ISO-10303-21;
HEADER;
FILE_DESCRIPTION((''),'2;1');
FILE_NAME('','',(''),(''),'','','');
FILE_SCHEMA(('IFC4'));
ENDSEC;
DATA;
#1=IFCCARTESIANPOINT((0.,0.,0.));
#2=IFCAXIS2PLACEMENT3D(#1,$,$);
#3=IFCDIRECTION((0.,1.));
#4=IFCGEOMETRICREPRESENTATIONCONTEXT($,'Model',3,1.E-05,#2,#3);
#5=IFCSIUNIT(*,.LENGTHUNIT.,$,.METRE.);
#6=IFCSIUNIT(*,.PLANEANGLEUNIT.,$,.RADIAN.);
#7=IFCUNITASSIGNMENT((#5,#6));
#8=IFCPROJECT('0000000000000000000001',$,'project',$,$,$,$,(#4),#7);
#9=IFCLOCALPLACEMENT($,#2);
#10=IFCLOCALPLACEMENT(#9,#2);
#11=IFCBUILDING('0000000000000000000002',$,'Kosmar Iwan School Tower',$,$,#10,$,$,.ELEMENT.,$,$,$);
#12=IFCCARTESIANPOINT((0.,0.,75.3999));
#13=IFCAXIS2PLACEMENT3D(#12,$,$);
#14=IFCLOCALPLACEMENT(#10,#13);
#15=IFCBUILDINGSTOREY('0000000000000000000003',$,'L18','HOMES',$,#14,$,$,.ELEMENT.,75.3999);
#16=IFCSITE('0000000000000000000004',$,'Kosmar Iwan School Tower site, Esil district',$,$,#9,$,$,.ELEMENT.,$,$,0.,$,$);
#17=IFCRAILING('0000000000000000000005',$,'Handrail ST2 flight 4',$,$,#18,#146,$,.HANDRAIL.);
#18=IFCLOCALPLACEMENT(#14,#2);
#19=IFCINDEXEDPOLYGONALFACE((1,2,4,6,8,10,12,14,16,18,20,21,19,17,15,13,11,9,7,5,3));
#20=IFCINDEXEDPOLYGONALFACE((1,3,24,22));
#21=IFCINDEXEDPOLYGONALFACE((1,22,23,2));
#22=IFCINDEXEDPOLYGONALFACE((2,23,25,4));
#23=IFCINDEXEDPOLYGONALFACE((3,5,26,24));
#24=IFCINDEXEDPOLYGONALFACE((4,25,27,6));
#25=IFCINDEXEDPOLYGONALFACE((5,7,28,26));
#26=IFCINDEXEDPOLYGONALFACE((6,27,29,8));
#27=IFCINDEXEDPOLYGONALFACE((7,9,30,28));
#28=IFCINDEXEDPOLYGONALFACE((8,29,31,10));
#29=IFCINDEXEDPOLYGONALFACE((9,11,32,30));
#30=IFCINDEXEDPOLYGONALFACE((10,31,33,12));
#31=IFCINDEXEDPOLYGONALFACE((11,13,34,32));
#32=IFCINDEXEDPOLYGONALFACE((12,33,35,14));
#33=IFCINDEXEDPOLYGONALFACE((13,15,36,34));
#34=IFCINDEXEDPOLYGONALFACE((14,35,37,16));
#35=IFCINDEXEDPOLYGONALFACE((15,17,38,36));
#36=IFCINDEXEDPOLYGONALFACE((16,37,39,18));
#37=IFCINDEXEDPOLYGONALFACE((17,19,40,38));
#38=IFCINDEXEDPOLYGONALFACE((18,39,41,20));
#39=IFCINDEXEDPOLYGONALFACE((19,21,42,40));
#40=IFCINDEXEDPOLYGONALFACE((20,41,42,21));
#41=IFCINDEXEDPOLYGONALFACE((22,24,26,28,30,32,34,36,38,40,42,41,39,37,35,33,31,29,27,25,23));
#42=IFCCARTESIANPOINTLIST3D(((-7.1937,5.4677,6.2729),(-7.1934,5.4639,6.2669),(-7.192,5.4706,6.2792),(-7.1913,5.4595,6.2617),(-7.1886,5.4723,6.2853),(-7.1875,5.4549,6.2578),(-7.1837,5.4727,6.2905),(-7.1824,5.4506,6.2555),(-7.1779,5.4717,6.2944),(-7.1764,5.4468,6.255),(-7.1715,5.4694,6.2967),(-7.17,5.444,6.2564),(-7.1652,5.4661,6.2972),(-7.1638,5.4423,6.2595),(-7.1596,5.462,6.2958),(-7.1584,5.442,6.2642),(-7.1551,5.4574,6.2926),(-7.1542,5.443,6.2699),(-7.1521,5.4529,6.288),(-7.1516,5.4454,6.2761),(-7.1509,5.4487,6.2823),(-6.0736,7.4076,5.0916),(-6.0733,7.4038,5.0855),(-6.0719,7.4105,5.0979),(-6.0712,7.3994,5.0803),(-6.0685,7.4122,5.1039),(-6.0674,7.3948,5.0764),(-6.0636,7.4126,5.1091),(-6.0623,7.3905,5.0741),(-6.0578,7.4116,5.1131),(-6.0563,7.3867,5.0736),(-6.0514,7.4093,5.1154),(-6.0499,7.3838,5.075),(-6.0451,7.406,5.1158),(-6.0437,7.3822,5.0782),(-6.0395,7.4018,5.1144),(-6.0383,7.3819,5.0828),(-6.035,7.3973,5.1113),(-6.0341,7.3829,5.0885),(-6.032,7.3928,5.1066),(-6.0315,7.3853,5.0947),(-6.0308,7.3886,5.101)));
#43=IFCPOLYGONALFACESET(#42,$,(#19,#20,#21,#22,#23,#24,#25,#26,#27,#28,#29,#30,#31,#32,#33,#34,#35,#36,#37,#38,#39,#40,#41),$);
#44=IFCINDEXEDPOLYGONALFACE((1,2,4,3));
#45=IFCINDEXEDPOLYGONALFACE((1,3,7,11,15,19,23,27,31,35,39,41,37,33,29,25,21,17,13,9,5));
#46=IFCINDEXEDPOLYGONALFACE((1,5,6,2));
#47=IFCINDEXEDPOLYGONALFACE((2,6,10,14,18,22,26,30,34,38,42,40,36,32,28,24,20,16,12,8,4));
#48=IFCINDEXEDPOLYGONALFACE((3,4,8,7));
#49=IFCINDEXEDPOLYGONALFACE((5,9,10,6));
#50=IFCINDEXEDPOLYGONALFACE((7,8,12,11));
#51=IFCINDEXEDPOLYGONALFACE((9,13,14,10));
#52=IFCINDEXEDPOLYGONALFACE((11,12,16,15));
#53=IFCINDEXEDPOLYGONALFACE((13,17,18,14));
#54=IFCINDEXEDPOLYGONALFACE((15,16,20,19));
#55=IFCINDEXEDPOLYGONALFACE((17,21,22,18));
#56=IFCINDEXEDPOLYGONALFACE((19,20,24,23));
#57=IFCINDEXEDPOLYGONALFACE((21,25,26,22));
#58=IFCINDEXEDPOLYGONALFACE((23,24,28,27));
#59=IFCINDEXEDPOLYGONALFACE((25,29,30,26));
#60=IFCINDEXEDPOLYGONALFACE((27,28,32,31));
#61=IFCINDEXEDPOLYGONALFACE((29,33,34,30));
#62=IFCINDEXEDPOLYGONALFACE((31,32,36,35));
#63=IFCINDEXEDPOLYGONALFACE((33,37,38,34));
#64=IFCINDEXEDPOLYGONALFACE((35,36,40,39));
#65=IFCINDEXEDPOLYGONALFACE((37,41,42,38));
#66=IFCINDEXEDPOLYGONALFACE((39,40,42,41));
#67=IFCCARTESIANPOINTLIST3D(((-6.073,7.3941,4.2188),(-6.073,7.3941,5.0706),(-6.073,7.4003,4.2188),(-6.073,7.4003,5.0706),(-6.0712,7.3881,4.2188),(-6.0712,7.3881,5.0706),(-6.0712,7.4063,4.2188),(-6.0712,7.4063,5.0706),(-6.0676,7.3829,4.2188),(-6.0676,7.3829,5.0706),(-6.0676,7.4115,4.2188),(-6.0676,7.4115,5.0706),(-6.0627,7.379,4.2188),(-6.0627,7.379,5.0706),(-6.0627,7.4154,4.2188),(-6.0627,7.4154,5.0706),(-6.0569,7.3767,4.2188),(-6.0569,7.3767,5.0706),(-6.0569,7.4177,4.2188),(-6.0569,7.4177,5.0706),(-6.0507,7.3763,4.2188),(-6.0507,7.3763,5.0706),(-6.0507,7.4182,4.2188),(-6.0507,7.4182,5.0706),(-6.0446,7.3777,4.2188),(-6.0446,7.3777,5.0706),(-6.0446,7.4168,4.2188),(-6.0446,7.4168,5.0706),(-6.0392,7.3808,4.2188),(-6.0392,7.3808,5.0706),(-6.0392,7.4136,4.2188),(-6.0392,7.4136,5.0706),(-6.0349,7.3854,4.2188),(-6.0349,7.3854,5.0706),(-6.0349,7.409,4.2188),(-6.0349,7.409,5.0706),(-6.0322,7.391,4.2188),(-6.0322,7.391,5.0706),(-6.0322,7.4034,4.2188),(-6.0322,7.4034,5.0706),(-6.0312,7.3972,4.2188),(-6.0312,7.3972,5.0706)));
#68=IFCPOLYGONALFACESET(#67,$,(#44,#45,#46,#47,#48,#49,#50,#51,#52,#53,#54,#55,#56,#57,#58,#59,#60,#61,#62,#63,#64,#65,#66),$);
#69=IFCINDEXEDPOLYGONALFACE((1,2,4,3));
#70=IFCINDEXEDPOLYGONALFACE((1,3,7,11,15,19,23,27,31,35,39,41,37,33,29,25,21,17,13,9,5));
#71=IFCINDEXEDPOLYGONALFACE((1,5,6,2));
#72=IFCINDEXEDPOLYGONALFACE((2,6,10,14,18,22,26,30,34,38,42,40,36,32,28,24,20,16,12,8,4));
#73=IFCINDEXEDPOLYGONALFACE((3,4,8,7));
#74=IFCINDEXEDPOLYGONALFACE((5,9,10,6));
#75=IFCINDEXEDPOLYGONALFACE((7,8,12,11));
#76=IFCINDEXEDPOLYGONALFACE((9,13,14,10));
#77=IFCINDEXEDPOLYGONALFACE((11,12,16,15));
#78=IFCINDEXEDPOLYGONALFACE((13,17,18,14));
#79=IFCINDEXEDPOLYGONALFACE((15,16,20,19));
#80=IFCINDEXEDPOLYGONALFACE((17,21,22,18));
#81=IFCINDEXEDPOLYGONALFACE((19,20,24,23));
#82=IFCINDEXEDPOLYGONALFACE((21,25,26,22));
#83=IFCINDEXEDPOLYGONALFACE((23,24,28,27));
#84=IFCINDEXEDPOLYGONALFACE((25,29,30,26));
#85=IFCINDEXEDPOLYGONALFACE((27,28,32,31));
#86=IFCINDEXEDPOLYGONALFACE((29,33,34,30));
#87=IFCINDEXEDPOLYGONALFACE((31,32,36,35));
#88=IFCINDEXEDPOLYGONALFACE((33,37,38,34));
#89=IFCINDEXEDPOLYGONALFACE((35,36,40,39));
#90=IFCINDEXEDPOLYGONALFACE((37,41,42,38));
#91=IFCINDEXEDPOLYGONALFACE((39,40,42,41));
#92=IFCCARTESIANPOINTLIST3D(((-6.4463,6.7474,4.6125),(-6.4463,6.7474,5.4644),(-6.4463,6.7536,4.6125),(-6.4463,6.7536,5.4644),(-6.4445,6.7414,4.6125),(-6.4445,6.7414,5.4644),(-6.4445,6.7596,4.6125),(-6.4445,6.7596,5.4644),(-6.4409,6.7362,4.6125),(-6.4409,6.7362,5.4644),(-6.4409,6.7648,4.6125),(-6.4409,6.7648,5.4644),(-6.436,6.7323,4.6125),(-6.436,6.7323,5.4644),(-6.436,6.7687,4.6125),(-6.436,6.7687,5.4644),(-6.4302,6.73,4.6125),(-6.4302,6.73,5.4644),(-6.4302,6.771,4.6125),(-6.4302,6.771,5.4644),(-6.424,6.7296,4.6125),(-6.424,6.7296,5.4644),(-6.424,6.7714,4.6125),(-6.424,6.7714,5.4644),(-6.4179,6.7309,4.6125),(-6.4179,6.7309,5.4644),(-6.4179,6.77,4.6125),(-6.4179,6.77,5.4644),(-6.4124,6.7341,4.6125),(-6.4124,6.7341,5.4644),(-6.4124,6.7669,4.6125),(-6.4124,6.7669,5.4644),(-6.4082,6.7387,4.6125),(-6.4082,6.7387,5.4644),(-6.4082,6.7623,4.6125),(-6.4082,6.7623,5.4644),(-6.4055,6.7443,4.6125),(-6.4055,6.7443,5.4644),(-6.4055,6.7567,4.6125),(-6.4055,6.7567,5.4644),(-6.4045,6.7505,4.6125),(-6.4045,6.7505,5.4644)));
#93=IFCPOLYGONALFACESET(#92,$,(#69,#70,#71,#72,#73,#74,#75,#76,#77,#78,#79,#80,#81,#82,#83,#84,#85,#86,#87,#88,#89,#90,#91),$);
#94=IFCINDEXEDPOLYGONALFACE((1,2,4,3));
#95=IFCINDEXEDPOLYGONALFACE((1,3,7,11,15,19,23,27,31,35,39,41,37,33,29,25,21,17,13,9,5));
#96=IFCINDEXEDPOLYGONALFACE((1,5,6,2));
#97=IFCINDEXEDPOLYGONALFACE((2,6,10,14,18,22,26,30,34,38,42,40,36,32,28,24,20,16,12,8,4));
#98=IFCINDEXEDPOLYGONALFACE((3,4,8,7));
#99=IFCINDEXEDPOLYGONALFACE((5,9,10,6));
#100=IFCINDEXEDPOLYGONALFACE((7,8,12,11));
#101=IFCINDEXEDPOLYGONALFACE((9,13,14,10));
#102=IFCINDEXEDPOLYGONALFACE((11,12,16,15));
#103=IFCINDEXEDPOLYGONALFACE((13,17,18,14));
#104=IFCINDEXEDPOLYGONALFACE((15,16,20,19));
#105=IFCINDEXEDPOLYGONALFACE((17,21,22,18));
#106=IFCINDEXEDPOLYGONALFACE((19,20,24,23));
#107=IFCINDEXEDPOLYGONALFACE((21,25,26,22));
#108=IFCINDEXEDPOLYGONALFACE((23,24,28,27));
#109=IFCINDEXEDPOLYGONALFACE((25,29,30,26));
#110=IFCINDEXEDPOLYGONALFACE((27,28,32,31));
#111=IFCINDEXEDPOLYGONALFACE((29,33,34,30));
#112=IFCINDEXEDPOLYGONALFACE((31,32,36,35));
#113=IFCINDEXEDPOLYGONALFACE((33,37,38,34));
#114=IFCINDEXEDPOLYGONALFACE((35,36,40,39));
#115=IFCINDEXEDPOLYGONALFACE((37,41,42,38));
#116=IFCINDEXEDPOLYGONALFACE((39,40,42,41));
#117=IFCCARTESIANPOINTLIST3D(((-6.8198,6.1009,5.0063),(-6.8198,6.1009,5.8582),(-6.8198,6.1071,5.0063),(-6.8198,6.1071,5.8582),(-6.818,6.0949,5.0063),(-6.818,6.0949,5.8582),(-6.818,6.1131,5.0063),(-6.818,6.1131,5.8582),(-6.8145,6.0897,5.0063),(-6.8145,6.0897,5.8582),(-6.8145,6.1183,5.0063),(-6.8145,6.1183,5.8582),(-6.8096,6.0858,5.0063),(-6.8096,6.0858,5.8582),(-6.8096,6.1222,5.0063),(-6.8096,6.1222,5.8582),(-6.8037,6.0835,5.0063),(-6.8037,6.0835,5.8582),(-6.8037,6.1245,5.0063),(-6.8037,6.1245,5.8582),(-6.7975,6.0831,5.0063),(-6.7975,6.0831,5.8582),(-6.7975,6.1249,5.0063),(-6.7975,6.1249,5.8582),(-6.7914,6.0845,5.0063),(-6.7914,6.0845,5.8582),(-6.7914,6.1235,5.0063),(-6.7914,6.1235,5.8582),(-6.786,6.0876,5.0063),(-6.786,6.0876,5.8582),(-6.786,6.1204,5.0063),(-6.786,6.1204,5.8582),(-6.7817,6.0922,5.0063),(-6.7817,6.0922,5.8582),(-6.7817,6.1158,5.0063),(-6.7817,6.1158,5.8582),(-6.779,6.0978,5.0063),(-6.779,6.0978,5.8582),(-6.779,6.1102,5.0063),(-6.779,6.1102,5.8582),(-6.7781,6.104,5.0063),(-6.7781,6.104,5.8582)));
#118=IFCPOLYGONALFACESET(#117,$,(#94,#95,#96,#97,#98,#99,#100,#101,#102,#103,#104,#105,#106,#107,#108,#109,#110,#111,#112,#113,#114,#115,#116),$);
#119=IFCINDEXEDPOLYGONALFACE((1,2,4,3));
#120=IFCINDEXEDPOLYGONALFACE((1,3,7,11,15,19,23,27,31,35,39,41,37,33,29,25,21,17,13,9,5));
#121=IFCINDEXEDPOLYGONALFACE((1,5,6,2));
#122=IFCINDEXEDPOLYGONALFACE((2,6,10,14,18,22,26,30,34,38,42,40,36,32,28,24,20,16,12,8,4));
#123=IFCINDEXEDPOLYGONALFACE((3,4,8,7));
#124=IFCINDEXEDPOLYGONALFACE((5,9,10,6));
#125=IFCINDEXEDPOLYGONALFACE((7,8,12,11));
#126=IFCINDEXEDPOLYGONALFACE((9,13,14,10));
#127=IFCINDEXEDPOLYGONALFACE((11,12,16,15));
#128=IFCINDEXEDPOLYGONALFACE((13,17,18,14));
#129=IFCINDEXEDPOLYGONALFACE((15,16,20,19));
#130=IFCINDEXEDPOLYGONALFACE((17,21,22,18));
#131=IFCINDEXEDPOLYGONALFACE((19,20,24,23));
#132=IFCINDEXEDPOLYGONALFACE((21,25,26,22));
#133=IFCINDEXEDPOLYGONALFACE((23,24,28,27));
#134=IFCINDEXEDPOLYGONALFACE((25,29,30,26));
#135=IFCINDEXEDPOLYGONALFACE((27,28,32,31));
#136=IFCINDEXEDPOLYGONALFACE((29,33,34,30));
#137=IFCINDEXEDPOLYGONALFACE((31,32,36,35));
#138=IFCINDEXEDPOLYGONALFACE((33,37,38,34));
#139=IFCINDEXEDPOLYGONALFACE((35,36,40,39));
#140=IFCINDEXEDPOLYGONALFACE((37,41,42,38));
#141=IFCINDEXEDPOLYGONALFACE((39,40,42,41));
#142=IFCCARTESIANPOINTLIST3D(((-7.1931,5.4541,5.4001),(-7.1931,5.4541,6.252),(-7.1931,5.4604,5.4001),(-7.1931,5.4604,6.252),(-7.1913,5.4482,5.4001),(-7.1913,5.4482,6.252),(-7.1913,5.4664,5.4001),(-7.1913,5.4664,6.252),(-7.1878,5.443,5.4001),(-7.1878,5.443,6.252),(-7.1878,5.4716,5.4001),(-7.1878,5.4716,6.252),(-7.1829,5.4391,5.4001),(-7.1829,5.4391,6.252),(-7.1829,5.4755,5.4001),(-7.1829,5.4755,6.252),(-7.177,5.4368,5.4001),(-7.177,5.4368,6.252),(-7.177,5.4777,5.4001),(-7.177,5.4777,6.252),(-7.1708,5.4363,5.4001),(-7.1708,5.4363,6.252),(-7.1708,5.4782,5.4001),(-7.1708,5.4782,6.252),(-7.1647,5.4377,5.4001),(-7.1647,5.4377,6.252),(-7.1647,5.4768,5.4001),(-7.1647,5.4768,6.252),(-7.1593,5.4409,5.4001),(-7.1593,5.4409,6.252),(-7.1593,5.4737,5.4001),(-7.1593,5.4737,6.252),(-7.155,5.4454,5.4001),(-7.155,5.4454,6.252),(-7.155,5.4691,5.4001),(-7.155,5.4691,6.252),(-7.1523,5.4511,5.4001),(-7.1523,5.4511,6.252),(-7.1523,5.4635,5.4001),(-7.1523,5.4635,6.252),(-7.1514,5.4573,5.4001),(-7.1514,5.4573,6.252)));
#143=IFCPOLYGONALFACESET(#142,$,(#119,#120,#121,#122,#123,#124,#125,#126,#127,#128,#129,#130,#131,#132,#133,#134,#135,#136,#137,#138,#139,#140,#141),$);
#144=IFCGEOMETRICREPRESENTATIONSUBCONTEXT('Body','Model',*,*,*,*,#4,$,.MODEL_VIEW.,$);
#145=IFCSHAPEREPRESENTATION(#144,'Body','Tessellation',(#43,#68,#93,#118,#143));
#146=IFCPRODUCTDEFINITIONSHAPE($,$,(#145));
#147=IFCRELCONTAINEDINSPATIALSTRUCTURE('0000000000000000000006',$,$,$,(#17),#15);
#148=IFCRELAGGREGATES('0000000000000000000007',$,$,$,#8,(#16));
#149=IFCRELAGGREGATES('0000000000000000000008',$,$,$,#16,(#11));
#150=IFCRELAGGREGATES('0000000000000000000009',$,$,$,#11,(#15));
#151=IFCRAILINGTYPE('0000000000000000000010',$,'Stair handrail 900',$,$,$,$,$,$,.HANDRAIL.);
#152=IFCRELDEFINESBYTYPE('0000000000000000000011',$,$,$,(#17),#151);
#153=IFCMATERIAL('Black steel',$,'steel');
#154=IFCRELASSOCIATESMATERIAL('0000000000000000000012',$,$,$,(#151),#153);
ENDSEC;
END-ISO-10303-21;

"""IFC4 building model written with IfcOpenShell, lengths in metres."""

from ifc_helpers import new_model, si_unit, direction, frame, origin, origin_2d, place, context, subcontext, project, spatial, circle, extrude, material, type_object, element, save


model = new_model("IFC4")

# Units and contexts
model_context = context("Model", 3, precision=1e-05, world=origin(), true_north=direction((0.0, 1.0)))
body_context = subcontext(model_context, "Body", "Model", "MODEL_VIEW")
ifc_project = project(units=[si_unit("LENGTHUNIT", "METRE"), si_unit("PLANEANGLEUNIT", "RADIAN")], contexts=[model_context])

# Site, building, storey
site_placement = place(None, origin())
site = spatial("IfcSite", under=ifc_project, at=site_placement, Name="Kosmar Iwan School Tower site, Esil district", CompositionType="ELEMENT", RefElevation=0.0)
building_placement = place(site_placement, origin())
building = spatial("IfcBuilding", under=site, at=building_placement, Name="Kosmar Iwan School Tower", CompositionType="ELEMENT")
storey_placement = place(building_placement, frame((0.0, 0.0, 75.3999)))
storey = spatial("IfcBuildingStorey", under=building, at=storey_placement, Name="L18", Description="HOMES", CompositionType="ELEMENT", Elevation=75.3999)

# Railing
ifc_material_1 = material(Name="Black steel", Category="steel")
railing_type = type_object("IfcRailingType", Name="Stair handrail 900", PredefinedType="HANDRAIL", material=ifc_material_1)
for number, where, name in (
    (1, (-6.0522, 7.3972, 4.2188), "Handrail ST2 flight 4"),
):
    element("IfcRailing", number, at=place(storey_placement, frame(where)), inside=storey, type_object=railing_type, Name=name, PredefinedType="HANDRAIL", context=body_context, shape_type="SweptSolid", body=[
        extrude(circle(Radius=0.0239, at=origin_2d()), frame((0.0, 0.0, 0.876), z_axis=(-0.442291, -0.766008, 0.466488), x_axis=(0.866008, -0.500031, 0.0)), (0.0, 0.0, 1.0), 2.5325),
        extrude(circle(Radius=0.021, at=origin_2d()), origin(), (0.0, 0.0, 1.0), 0.8518),
        extrude(circle(Radius=0.021, at=origin_2d()), frame((-0.3733, -0.6467, 0.3938)), (0.0, 0.0, 1.0), 0.8518),
        extrude(circle(Radius=0.021, at=origin_2d()), frame((-0.7468, -1.2932, 0.7876)), (0.0, 0.0, 1.0), 0.8518),
        extrude(circle(Radius=0.021, at=origin_2d()), frame((-1.1201, -1.9399, 1.1814)), (0.0, 0.0, 1.0), 0.8518),
    ])

save(model, "model.ifc")
